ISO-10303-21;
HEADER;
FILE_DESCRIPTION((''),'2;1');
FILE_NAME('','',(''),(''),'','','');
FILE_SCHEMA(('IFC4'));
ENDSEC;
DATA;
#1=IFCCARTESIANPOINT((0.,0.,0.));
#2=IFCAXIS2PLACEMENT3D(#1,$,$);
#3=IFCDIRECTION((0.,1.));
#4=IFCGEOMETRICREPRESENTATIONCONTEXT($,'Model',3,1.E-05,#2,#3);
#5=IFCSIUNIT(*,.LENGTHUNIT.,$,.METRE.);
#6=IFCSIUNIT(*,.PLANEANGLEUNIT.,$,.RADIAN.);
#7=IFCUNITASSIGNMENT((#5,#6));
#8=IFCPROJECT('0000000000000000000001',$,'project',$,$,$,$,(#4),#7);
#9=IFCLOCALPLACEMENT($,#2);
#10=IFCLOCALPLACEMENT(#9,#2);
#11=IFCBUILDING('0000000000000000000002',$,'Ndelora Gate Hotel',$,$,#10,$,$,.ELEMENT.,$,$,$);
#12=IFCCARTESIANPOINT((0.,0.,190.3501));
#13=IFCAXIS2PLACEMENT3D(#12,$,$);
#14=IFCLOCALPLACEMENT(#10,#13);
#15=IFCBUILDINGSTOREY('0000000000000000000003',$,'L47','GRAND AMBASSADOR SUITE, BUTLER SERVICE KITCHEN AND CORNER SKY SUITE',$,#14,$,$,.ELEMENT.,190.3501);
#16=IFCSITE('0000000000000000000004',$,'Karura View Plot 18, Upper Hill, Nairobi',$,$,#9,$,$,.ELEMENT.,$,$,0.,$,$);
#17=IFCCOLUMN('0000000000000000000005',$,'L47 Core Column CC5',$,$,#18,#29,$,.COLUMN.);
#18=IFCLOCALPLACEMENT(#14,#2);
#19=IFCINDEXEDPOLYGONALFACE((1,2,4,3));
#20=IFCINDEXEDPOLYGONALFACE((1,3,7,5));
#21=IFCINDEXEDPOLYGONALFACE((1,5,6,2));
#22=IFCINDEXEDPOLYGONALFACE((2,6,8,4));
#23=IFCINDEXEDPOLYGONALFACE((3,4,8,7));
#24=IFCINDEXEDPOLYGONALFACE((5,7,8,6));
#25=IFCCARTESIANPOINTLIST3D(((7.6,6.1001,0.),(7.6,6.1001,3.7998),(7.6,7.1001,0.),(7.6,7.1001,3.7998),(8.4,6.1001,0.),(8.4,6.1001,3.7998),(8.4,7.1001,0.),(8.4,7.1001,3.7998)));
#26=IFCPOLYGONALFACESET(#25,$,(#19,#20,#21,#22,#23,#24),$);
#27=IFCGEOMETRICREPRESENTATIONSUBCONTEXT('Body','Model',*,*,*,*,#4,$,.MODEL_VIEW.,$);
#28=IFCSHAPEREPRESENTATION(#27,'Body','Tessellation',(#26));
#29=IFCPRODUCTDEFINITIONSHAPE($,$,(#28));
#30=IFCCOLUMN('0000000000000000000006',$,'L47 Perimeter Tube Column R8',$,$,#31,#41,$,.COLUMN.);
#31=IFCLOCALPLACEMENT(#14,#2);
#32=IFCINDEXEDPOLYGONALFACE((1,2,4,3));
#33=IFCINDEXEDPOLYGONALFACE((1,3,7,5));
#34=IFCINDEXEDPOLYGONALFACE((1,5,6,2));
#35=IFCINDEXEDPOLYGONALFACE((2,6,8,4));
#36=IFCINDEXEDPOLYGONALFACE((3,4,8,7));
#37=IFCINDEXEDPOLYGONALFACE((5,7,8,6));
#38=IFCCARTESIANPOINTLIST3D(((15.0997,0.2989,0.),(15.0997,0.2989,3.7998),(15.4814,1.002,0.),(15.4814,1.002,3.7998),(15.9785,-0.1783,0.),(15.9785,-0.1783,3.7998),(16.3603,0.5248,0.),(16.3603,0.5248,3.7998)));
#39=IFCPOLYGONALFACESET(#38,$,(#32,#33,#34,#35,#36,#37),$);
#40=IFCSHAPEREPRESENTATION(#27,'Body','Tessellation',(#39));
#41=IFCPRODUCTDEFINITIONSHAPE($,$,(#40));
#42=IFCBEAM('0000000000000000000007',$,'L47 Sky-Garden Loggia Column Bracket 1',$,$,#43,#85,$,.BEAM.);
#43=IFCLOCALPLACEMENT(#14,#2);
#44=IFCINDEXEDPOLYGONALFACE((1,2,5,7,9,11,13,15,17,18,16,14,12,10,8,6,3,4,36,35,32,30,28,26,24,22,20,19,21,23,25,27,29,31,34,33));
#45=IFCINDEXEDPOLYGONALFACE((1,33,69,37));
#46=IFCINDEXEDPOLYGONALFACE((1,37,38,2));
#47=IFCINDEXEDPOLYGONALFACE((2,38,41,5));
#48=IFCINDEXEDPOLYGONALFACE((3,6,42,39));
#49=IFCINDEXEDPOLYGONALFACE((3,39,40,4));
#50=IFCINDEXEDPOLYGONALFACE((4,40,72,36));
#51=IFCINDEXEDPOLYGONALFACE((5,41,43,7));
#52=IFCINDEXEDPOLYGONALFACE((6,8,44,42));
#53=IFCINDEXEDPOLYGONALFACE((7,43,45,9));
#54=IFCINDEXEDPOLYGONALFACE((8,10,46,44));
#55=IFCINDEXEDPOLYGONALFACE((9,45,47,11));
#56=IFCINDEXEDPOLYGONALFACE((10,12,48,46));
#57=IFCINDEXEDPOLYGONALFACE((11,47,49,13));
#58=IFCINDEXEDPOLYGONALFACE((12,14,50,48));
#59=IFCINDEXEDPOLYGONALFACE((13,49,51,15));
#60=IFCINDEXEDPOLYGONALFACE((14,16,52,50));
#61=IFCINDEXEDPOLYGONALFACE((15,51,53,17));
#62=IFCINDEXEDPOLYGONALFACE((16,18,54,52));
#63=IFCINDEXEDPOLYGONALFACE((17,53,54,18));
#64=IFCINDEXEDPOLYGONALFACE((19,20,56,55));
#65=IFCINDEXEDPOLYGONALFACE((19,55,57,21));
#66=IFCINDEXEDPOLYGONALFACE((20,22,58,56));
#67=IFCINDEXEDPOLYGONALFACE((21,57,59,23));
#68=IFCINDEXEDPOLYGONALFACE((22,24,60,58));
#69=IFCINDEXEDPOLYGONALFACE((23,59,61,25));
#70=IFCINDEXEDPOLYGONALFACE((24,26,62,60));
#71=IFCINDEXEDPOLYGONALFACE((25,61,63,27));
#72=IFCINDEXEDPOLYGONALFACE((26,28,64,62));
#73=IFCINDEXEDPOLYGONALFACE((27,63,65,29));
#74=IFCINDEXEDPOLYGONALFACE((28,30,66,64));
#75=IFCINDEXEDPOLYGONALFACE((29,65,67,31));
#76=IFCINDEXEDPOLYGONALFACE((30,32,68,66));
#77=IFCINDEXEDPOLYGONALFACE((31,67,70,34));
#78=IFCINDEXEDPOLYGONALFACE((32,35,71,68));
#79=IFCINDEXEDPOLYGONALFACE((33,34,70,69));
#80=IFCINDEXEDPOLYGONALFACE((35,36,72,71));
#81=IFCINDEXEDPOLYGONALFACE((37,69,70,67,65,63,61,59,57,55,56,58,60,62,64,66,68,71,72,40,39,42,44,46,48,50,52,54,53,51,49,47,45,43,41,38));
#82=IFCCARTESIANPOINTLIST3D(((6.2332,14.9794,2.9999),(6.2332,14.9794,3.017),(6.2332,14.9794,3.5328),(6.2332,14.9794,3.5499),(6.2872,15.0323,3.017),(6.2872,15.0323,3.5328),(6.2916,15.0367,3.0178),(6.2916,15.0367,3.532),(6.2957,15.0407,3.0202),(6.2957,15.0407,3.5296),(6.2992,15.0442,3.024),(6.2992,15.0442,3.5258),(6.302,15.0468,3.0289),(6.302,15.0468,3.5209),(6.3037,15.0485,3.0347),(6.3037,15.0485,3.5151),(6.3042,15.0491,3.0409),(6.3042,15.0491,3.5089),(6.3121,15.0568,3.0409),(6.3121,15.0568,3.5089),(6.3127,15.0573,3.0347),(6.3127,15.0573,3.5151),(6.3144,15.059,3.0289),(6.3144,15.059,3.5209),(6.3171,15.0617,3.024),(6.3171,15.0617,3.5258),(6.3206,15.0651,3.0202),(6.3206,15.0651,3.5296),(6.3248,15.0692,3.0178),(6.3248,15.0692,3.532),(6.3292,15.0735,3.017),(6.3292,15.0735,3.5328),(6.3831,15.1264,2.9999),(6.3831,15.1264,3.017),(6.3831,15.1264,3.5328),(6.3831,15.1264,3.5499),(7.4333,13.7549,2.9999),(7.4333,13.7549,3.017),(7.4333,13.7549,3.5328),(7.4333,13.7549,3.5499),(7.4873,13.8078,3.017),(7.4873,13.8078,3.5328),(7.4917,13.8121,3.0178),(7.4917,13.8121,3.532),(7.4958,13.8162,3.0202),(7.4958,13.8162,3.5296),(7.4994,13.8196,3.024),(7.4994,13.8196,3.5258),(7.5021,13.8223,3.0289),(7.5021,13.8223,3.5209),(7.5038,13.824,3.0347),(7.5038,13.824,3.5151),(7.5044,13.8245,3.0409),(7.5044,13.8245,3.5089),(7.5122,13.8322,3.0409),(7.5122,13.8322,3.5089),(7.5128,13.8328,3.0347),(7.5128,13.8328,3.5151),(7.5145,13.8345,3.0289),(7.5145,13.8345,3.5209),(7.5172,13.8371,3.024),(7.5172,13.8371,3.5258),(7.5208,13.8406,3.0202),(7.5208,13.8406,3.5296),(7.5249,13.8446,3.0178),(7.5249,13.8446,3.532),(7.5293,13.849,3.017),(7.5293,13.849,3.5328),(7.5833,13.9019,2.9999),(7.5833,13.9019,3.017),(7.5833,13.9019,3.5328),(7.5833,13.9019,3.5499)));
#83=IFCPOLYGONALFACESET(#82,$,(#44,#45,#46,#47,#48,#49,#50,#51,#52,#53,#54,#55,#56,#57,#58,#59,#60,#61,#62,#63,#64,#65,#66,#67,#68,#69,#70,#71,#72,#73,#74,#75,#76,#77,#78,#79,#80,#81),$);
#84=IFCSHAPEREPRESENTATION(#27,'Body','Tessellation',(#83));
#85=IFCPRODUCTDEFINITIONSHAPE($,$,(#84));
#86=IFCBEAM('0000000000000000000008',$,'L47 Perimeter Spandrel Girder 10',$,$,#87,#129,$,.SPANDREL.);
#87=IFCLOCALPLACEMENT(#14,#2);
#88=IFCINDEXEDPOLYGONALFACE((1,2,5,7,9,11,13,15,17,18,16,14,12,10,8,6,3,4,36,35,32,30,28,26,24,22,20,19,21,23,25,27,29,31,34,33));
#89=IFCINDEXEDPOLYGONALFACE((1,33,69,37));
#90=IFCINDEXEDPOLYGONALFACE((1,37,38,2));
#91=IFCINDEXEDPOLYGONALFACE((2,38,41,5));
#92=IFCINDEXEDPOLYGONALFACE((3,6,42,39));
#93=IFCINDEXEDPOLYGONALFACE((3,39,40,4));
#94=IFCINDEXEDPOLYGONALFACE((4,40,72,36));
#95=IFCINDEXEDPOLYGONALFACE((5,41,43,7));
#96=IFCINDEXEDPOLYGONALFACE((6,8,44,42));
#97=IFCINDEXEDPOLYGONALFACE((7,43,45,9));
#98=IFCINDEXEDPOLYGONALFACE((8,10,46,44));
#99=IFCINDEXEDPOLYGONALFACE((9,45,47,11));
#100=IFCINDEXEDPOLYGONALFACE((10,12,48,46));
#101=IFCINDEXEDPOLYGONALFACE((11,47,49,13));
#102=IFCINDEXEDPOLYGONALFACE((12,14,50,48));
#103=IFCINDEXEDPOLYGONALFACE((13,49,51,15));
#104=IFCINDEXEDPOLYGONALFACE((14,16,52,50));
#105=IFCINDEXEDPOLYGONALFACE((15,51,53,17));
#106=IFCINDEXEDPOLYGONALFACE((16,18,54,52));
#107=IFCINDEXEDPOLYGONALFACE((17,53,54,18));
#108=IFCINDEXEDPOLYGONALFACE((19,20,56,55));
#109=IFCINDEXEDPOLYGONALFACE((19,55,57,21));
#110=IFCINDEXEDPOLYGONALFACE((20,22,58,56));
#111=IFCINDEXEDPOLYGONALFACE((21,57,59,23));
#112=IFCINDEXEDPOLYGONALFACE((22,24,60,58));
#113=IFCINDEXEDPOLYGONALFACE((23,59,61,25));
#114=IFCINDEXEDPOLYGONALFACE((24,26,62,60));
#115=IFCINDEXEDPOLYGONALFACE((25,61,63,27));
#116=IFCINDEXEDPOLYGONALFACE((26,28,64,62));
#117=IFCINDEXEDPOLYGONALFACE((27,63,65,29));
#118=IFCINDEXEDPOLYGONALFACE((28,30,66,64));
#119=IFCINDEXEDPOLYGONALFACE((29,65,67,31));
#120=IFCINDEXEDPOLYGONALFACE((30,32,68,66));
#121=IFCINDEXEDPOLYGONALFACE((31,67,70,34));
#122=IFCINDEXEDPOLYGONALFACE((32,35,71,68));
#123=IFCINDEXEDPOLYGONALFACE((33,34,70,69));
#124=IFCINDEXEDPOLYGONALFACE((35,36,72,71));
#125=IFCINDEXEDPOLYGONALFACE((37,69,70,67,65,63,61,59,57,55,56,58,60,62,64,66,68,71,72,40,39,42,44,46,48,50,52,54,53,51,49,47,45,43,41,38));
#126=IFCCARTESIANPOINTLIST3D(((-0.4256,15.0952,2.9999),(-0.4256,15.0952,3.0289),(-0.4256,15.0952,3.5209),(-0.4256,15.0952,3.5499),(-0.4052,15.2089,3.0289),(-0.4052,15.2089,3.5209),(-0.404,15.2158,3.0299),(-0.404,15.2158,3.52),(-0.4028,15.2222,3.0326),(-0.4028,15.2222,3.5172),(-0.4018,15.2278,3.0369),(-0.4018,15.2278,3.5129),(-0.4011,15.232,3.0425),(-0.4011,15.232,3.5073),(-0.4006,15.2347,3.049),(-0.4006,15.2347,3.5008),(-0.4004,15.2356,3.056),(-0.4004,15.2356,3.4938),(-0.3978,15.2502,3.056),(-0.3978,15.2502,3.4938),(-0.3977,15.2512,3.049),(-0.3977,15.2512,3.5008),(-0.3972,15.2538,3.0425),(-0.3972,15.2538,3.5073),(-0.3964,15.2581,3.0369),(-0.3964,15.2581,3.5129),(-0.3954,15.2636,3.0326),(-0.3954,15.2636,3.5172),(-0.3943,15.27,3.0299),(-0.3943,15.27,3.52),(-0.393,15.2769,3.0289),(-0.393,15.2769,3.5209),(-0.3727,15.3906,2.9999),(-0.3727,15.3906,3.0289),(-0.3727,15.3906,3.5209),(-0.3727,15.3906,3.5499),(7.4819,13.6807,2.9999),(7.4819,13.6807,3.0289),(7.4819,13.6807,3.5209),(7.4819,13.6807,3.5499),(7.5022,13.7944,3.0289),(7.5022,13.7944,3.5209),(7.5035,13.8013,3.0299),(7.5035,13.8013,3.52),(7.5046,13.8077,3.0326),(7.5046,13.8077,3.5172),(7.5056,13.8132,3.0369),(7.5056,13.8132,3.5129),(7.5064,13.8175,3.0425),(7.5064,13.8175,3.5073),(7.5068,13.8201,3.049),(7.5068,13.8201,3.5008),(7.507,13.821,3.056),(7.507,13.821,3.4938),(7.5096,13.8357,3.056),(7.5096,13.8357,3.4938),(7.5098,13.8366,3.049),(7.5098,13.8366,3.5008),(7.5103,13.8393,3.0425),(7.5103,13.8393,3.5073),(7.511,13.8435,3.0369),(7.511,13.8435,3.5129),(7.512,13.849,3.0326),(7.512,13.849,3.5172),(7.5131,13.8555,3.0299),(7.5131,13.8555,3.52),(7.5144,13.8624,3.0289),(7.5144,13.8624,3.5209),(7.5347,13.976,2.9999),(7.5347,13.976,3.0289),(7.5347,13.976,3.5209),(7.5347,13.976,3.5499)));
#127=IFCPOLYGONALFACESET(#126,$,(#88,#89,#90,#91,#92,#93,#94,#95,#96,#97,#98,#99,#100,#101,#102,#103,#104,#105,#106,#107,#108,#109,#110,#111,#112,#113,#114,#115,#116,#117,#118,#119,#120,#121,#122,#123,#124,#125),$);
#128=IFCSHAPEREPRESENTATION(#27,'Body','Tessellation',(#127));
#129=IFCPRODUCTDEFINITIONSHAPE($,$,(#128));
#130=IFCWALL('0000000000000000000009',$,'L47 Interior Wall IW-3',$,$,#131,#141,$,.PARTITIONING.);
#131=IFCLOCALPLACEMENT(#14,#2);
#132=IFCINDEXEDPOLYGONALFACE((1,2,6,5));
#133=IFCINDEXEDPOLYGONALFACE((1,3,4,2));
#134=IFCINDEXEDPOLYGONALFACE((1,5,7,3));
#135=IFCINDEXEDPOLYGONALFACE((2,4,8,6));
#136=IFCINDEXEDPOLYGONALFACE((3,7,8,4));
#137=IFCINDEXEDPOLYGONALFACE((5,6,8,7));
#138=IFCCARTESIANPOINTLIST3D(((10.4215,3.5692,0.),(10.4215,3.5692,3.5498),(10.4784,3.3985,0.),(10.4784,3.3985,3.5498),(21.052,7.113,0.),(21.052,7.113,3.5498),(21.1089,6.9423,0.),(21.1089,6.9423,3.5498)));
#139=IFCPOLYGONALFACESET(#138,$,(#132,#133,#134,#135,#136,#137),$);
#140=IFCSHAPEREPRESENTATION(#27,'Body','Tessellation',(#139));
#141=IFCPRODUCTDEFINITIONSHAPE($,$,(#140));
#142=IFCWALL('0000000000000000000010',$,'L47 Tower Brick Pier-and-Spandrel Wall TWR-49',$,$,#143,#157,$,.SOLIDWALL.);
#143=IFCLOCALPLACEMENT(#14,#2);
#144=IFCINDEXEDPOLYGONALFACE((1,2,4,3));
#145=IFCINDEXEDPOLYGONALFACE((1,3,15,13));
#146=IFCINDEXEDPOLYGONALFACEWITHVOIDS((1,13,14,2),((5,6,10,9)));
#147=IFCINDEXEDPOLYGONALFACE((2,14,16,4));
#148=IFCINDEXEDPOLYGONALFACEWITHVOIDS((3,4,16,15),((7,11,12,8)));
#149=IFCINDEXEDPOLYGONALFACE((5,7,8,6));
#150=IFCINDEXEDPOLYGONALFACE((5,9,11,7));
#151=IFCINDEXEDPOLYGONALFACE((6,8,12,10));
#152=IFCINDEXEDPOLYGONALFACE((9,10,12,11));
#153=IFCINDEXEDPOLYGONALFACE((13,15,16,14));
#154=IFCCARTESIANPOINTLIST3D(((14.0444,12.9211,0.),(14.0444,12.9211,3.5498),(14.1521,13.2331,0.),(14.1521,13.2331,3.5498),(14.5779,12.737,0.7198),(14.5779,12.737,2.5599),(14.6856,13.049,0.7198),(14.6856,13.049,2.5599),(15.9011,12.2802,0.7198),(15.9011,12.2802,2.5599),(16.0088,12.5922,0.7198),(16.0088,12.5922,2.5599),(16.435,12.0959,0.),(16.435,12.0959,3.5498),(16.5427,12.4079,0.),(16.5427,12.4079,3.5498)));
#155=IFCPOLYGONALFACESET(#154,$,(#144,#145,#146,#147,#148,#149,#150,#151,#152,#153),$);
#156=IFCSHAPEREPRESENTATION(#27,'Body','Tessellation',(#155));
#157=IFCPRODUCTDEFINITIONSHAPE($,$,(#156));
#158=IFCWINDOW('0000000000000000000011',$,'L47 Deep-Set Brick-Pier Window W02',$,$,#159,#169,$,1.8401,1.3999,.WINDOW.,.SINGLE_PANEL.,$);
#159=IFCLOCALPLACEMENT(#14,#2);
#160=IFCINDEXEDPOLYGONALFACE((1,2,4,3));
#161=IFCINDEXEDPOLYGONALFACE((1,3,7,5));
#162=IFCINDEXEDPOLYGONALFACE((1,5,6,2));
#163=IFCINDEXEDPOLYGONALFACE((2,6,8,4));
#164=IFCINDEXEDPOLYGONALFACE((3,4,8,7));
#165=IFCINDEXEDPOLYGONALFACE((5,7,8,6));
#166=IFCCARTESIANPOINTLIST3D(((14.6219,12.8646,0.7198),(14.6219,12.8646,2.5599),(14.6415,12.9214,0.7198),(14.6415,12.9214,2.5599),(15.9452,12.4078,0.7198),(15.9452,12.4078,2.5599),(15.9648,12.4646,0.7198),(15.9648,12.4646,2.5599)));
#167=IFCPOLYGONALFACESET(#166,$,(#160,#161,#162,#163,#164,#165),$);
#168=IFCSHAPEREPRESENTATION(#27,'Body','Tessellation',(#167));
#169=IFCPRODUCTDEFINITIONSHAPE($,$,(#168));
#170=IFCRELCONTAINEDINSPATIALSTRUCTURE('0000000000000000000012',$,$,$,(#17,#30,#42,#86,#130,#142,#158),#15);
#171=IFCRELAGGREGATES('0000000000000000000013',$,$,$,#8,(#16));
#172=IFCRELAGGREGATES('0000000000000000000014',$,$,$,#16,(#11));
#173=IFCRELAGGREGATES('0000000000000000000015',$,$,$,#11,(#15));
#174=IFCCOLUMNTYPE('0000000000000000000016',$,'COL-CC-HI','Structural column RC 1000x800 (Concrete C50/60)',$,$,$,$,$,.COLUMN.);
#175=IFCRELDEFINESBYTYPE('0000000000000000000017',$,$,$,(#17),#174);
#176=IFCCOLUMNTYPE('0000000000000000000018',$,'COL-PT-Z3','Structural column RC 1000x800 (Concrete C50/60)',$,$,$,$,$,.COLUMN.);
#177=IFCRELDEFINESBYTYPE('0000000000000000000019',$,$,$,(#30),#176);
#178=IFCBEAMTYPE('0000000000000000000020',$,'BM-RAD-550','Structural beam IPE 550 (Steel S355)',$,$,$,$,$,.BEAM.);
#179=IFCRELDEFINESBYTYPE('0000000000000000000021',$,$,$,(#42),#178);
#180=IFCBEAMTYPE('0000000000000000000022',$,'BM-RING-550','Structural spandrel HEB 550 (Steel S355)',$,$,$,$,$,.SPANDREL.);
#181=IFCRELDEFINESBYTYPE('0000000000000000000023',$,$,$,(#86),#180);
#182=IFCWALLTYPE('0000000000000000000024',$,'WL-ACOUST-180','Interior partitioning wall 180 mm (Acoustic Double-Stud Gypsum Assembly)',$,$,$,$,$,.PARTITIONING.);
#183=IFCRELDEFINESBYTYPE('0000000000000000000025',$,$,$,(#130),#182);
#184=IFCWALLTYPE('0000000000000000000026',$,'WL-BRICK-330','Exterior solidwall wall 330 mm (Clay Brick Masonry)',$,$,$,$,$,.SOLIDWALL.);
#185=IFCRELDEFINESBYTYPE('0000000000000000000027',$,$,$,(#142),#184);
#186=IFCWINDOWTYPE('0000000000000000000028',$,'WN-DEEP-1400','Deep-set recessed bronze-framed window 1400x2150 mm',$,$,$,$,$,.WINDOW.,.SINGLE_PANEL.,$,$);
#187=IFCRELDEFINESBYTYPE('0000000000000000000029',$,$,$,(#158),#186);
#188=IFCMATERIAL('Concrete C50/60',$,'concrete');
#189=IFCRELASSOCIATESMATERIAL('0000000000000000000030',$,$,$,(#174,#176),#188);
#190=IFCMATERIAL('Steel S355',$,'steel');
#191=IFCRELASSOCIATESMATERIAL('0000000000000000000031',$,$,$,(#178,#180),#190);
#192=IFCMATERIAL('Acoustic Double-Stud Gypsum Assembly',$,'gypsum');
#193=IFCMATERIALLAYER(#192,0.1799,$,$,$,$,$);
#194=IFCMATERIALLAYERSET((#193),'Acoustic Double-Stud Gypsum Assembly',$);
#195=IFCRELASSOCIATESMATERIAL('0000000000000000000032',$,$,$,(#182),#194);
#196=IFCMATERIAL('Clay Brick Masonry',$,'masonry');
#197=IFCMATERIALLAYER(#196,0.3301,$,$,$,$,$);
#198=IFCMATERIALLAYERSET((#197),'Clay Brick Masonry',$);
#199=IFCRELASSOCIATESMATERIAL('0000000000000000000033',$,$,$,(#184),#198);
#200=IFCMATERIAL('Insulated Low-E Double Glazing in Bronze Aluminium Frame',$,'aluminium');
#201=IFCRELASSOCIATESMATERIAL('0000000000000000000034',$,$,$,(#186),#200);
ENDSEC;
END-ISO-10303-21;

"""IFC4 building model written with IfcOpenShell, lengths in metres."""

from ifc_helpers import new_model, si_unit, direction, frame, frame_2d, origin, origin_2d, place, context, subcontext, project, spatial, rectangle, i_section, extrude, material, layer, layer_set, material_profile, profile_set, type_object, element, fill, save


model = new_model("IFC4")

# Units and contexts
model_context = context("Model", 3, precision=1e-05, world=origin(), true_north=direction((0.0, 1.0)))
body_context = subcontext(model_context, "Body", "Model", "MODEL_VIEW")
ifc_project = project(units=[si_unit("LENGTHUNIT", "METRE"), si_unit("PLANEANGLEUNIT", "RADIAN")], contexts=[model_context])

# Site, building, storey
site_placement = place(None, origin())
site = spatial("IfcSite", under=ifc_project, at=site_placement, Name="Karura View Plot 18, Upper Hill, Nairobi", CompositionType="ELEMENT", RefElevation=0.0)
building_placement = place(site_placement, origin())
building = spatial("IfcBuilding", under=site, at=building_placement, Name="Ndelora Gate Hotel", CompositionType="ELEMENT")
storey_placement = place(building_placement, frame((0.0, 0.0, 190.3501)))
storey = spatial("IfcBuildingStorey", under=building, at=storey_placement, Name="L47", Description="GRAND AMBASSADOR SUITE, BUTLER SERVICE KITCHEN AND CORNER SKY SUITE", CompositionType="ELEMENT", Elevation=190.3501)

# Columns
ifc_material_1 = material(Name="Concrete C50/60", Category="concrete")
ifc_material_profile_1 = material_profile(ifc_material_1, rectangle(XDim=0.8, YDim=1.0, at=origin_2d()), Name="RC 1000x800")
ifc_profile_set_1 = profile_set([ifc_material_profile_1], Name="Concrete C50/60")
column_type_1 = type_object("IfcColumnType", Name="COL-CC-HI", Description="Structural column RC 1000x800 (Concrete C50/60)", PredefinedType="COLUMN", material=ifc_profile_set_1)
column_1_placement = place(storey_placement, frame((8.0, 6.6001, 0.0), z_axis=(0.0, 0.0, 1.0), x_axis=(1.0, 0.0, 0.0)))
element("IfcColumn", 1, at=column_1_placement, inside=storey, type_object=column_type_1, Name="L47 Core Column CC5", PredefinedType="COLUMN", context=body_context, shape_type="SweptSolid", body=[
    extrude(rectangle(XDim=0.8, YDim=1.0, at=origin_2d()), origin(), (0.0, 0.0, 1.0), 3.7998),
])
ifc_material_profile_2 = material_profile(ifc_material_1, rectangle(XDim=0.8, YDim=1.0, at=origin_2d()), Name="RC 1000x800")
ifc_profile_set_2 = profile_set([ifc_material_profile_2], Name="Concrete C50/60")
column_type_2 = type_object("IfcColumnType", Name="COL-PT-Z3", Description="Structural column RC 1000x800 (Concrete C50/60)", PredefinedType="COLUMN", material=ifc_profile_set_2)
column_2_placement = place(storey_placement, frame((15.73, 0.4119, 0.0), z_axis=(0.0, 0.0, 1.0), x_axis=(0.477159, 0.878817, 0.0)))
element("IfcColumn", 2, at=column_2_placement, inside=storey, type_object=column_type_2, Name="L47 Perimeter Tube Column R8", PredefinedType="COLUMN", context=body_context, shape_type="SweptSolid", body=[
    extrude(rectangle(XDim=0.8, YDim=1.0, at=origin_2d()), origin(), (0.0, 0.0, 1.0), 3.7998),
])

# Beams
ifc_material_2 = material(Name="Steel S355", Category="steel")
ifc_material_profile_3 = material_profile(ifc_material_2, i_section(OverallWidth=0.21, OverallDepth=0.55, WebThickness=0.011, FlangeThickness=0.0171, FilletRadius=0.0239, at=origin_2d()), Name="IPE 550")
ifc_profile_set_3 = profile_set([ifc_material_profile_3], Name="Steel S355")
beam_type_1 = type_object("IfcBeamType", Name="BM-RAD-550", Description="Structural beam IPE 550 (Steel S355)", PredefinedType="BEAM", material=ifc_profile_set_3)
beam_1_placement = place(storey_placement, frame((7.5083, 13.8284, 3.2749), z_axis=(-0.699952, 0.71419, 0.0), x_axis=(-0.71419, -0.699952, 0.0)))
element("IfcBeam", 3, at=beam_1_placement, inside=storey, type_object=beam_type_1, Name="L47 Sky-Garden Loggia Column Bracket 1", PredefinedType="BEAM", context=body_context, shape_type="SweptSolid", body=[
    extrude(i_section(OverallWidth=0.21, OverallDepth=0.55, WebThickness=0.011, FlangeThickness=0.0171, FilletRadius=0.0239, at=origin_2d()), origin(), (0.0, 0.0, 1.0), 1.7146),
])
ifc_material_profile_4 = material_profile(ifc_material_2, i_section(OverallWidth=0.3, OverallDepth=0.55, WebThickness=0.0149, FlangeThickness=0.0291, FilletRadius=0.0271, at=origin_2d()), Name="HEB 550")
ifc_profile_set_4 = profile_set([ifc_material_profile_4], Name="Steel S355")
beam_type_2 = type_object("IfcBeamType", Name="BM-RING-550", Description="Structural spandrel HEB 550 (Steel S355)", PredefinedType="SPANDREL", material=ifc_profile_set_4)
beam_2_placement = place(storey_placement, frame((7.5083, 13.8284, 3.2749), z_axis=(-0.984374, 0.176093, 0.0), x_axis=(-0.176093, -0.984374, 0.0)))
element("IfcBeam", 4, at=beam_2_placement, inside=storey, type_object=beam_type_2, Name="L47 Perimeter Spandrel Girder 10", PredefinedType="SPANDREL", context=body_context, shape_type="SweptSolid", body=[
    extrude(i_section(OverallWidth=0.3, OverallDepth=0.55, WebThickness=0.0149, FlangeThickness=0.0291, FilletRadius=0.0271, at=origin_2d()), origin(), (0.0, 0.0, 1.0), 8.033),
])

# Wall
ifc_material_3 = material(Name="Acoustic Double-Stud Gypsum Assembly", Category="gypsum")
ifc_layer_1 = layer(ifc_material_3, 0.1799)
ifc_layer_set_1 = layer_set([ifc_layer_1], Name="Acoustic Double-Stud Gypsum Assembly")
wall_type_1 = type_object("IfcWallType", Name="WL-ACOUST-180", Description="Interior partitioning wall 180 mm (Acoustic Double-Stud Gypsum Assembly)", PredefinedType="PARTITIONING", material=ifc_layer_set_1)
wall_1_placement = place(storey_placement, frame((10.45, 3.4839, 0.0), z_axis=(0.0, 0.0, 1.0), x_axis=(0.948677, 0.316247, 0.0)))
element("IfcWall", 5, at=wall_1_placement, inside=storey, type_object=wall_type_1, Name="L47 Interior Wall IW-3", PredefinedType="PARTITIONING", context=body_context, shape_type="SweptSolid", body=[
    extrude(rectangle(XDim=11.2056, YDim=0.1799, at=frame_2d((5.6028, 0.0))), origin(), (0.0, 0.0, 1.0), 3.5498),
])

# Wall, opening, window
ifc_material_4 = material(Name="Clay Brick Masonry", Category="masonry")
ifc_layer_2 = layer(ifc_material_4, 0.3301)
ifc_layer_set_2 = layer_set([ifc_layer_2], Name="Clay Brick Masonry")
wall_type_2 = type_object("IfcWallType", Name="WL-BRICK-330", Description="Exterior solidwall wall 330 mm (Clay Brick Masonry)", PredefinedType="SOLIDWALL", material=ifc_layer_set_2)
wall_2_placement = place(storey_placement, frame((14.0981, 13.0771, 0.0), z_axis=(0.0, 0.0, 1.0), x_axis=(0.94527, -0.326288, 0.0)))
wall_2 = element("IfcWall", 6, at=wall_2_placement, inside=storey, type_object=wall_type_2, Name="L47 Tower Brick Pier-and-Spandrel Wall TWR-49", PredefinedType="SOLIDWALL", context=body_context, shape_type="SweptSolid", body=[
    extrude(rectangle(XDim=2.5291, YDim=0.3301, at=frame_2d((1.2646, 0.0))), origin(), (0.0, 0.0, 1.0), 3.5498),
])
opening_1_placement = place(wall_2_placement, frame((0.5645, 0.0, 0.72)))
opening_1 = element("IfcOpeningElement", 7, at=opening_1_placement, cuts=wall_2, PredefinedType="OPENING", context=body_context, shape_type="SweptSolid", body=[
    extrude(rectangle(XDim=1.3999, YDim=1.8401, at=frame_2d((0.7, 0.9199))), frame((0.0, 0.175, 0.0), z_axis=(0.0, -1.0, 0.0), x_axis=(1.0, 0.0, 0.0)), (0.0, 0.0, 1.0), 0.3501),
])
ifc_material_5 = material(Name="Insulated Low-E Double Glazing in Bronze Aluminium Frame", Category="aluminium")
window_type = type_object("IfcWindowType", Name="WN-DEEP-1400", Description="Deep-set recessed bronze-framed window 1400x2150 mm", PartitioningType="SINGLE_PANEL", PredefinedType="WINDOW", material=ifc_material_5)
window_1_placement = place(opening_1_placement, origin())
window_1 = element("IfcWindow", 8, at=window_1_placement, inside=storey, type_object=window_type, Name="L47 Deep-Set Brick-Pier Window W02", OverallHeight=1.8401, OverallWidth=1.3999, PartitioningType="SINGLE_PANEL", PredefinedType="WINDOW", context=body_context, shape_type="SweptSolid", body=[
    extrude(rectangle(XDim=1.3999, YDim=1.8401, at=frame_2d((0.7, 0.9199))), frame((0.0, 0.03, 0.0), z_axis=(0.0, -1.0, 0.0), x_axis=(1.0, 0.0, 0.0)), (0.0, 0.0, 1.0), 0.0601),
])
fill(opening_1, window_1)

save(model, "model.ifc")
